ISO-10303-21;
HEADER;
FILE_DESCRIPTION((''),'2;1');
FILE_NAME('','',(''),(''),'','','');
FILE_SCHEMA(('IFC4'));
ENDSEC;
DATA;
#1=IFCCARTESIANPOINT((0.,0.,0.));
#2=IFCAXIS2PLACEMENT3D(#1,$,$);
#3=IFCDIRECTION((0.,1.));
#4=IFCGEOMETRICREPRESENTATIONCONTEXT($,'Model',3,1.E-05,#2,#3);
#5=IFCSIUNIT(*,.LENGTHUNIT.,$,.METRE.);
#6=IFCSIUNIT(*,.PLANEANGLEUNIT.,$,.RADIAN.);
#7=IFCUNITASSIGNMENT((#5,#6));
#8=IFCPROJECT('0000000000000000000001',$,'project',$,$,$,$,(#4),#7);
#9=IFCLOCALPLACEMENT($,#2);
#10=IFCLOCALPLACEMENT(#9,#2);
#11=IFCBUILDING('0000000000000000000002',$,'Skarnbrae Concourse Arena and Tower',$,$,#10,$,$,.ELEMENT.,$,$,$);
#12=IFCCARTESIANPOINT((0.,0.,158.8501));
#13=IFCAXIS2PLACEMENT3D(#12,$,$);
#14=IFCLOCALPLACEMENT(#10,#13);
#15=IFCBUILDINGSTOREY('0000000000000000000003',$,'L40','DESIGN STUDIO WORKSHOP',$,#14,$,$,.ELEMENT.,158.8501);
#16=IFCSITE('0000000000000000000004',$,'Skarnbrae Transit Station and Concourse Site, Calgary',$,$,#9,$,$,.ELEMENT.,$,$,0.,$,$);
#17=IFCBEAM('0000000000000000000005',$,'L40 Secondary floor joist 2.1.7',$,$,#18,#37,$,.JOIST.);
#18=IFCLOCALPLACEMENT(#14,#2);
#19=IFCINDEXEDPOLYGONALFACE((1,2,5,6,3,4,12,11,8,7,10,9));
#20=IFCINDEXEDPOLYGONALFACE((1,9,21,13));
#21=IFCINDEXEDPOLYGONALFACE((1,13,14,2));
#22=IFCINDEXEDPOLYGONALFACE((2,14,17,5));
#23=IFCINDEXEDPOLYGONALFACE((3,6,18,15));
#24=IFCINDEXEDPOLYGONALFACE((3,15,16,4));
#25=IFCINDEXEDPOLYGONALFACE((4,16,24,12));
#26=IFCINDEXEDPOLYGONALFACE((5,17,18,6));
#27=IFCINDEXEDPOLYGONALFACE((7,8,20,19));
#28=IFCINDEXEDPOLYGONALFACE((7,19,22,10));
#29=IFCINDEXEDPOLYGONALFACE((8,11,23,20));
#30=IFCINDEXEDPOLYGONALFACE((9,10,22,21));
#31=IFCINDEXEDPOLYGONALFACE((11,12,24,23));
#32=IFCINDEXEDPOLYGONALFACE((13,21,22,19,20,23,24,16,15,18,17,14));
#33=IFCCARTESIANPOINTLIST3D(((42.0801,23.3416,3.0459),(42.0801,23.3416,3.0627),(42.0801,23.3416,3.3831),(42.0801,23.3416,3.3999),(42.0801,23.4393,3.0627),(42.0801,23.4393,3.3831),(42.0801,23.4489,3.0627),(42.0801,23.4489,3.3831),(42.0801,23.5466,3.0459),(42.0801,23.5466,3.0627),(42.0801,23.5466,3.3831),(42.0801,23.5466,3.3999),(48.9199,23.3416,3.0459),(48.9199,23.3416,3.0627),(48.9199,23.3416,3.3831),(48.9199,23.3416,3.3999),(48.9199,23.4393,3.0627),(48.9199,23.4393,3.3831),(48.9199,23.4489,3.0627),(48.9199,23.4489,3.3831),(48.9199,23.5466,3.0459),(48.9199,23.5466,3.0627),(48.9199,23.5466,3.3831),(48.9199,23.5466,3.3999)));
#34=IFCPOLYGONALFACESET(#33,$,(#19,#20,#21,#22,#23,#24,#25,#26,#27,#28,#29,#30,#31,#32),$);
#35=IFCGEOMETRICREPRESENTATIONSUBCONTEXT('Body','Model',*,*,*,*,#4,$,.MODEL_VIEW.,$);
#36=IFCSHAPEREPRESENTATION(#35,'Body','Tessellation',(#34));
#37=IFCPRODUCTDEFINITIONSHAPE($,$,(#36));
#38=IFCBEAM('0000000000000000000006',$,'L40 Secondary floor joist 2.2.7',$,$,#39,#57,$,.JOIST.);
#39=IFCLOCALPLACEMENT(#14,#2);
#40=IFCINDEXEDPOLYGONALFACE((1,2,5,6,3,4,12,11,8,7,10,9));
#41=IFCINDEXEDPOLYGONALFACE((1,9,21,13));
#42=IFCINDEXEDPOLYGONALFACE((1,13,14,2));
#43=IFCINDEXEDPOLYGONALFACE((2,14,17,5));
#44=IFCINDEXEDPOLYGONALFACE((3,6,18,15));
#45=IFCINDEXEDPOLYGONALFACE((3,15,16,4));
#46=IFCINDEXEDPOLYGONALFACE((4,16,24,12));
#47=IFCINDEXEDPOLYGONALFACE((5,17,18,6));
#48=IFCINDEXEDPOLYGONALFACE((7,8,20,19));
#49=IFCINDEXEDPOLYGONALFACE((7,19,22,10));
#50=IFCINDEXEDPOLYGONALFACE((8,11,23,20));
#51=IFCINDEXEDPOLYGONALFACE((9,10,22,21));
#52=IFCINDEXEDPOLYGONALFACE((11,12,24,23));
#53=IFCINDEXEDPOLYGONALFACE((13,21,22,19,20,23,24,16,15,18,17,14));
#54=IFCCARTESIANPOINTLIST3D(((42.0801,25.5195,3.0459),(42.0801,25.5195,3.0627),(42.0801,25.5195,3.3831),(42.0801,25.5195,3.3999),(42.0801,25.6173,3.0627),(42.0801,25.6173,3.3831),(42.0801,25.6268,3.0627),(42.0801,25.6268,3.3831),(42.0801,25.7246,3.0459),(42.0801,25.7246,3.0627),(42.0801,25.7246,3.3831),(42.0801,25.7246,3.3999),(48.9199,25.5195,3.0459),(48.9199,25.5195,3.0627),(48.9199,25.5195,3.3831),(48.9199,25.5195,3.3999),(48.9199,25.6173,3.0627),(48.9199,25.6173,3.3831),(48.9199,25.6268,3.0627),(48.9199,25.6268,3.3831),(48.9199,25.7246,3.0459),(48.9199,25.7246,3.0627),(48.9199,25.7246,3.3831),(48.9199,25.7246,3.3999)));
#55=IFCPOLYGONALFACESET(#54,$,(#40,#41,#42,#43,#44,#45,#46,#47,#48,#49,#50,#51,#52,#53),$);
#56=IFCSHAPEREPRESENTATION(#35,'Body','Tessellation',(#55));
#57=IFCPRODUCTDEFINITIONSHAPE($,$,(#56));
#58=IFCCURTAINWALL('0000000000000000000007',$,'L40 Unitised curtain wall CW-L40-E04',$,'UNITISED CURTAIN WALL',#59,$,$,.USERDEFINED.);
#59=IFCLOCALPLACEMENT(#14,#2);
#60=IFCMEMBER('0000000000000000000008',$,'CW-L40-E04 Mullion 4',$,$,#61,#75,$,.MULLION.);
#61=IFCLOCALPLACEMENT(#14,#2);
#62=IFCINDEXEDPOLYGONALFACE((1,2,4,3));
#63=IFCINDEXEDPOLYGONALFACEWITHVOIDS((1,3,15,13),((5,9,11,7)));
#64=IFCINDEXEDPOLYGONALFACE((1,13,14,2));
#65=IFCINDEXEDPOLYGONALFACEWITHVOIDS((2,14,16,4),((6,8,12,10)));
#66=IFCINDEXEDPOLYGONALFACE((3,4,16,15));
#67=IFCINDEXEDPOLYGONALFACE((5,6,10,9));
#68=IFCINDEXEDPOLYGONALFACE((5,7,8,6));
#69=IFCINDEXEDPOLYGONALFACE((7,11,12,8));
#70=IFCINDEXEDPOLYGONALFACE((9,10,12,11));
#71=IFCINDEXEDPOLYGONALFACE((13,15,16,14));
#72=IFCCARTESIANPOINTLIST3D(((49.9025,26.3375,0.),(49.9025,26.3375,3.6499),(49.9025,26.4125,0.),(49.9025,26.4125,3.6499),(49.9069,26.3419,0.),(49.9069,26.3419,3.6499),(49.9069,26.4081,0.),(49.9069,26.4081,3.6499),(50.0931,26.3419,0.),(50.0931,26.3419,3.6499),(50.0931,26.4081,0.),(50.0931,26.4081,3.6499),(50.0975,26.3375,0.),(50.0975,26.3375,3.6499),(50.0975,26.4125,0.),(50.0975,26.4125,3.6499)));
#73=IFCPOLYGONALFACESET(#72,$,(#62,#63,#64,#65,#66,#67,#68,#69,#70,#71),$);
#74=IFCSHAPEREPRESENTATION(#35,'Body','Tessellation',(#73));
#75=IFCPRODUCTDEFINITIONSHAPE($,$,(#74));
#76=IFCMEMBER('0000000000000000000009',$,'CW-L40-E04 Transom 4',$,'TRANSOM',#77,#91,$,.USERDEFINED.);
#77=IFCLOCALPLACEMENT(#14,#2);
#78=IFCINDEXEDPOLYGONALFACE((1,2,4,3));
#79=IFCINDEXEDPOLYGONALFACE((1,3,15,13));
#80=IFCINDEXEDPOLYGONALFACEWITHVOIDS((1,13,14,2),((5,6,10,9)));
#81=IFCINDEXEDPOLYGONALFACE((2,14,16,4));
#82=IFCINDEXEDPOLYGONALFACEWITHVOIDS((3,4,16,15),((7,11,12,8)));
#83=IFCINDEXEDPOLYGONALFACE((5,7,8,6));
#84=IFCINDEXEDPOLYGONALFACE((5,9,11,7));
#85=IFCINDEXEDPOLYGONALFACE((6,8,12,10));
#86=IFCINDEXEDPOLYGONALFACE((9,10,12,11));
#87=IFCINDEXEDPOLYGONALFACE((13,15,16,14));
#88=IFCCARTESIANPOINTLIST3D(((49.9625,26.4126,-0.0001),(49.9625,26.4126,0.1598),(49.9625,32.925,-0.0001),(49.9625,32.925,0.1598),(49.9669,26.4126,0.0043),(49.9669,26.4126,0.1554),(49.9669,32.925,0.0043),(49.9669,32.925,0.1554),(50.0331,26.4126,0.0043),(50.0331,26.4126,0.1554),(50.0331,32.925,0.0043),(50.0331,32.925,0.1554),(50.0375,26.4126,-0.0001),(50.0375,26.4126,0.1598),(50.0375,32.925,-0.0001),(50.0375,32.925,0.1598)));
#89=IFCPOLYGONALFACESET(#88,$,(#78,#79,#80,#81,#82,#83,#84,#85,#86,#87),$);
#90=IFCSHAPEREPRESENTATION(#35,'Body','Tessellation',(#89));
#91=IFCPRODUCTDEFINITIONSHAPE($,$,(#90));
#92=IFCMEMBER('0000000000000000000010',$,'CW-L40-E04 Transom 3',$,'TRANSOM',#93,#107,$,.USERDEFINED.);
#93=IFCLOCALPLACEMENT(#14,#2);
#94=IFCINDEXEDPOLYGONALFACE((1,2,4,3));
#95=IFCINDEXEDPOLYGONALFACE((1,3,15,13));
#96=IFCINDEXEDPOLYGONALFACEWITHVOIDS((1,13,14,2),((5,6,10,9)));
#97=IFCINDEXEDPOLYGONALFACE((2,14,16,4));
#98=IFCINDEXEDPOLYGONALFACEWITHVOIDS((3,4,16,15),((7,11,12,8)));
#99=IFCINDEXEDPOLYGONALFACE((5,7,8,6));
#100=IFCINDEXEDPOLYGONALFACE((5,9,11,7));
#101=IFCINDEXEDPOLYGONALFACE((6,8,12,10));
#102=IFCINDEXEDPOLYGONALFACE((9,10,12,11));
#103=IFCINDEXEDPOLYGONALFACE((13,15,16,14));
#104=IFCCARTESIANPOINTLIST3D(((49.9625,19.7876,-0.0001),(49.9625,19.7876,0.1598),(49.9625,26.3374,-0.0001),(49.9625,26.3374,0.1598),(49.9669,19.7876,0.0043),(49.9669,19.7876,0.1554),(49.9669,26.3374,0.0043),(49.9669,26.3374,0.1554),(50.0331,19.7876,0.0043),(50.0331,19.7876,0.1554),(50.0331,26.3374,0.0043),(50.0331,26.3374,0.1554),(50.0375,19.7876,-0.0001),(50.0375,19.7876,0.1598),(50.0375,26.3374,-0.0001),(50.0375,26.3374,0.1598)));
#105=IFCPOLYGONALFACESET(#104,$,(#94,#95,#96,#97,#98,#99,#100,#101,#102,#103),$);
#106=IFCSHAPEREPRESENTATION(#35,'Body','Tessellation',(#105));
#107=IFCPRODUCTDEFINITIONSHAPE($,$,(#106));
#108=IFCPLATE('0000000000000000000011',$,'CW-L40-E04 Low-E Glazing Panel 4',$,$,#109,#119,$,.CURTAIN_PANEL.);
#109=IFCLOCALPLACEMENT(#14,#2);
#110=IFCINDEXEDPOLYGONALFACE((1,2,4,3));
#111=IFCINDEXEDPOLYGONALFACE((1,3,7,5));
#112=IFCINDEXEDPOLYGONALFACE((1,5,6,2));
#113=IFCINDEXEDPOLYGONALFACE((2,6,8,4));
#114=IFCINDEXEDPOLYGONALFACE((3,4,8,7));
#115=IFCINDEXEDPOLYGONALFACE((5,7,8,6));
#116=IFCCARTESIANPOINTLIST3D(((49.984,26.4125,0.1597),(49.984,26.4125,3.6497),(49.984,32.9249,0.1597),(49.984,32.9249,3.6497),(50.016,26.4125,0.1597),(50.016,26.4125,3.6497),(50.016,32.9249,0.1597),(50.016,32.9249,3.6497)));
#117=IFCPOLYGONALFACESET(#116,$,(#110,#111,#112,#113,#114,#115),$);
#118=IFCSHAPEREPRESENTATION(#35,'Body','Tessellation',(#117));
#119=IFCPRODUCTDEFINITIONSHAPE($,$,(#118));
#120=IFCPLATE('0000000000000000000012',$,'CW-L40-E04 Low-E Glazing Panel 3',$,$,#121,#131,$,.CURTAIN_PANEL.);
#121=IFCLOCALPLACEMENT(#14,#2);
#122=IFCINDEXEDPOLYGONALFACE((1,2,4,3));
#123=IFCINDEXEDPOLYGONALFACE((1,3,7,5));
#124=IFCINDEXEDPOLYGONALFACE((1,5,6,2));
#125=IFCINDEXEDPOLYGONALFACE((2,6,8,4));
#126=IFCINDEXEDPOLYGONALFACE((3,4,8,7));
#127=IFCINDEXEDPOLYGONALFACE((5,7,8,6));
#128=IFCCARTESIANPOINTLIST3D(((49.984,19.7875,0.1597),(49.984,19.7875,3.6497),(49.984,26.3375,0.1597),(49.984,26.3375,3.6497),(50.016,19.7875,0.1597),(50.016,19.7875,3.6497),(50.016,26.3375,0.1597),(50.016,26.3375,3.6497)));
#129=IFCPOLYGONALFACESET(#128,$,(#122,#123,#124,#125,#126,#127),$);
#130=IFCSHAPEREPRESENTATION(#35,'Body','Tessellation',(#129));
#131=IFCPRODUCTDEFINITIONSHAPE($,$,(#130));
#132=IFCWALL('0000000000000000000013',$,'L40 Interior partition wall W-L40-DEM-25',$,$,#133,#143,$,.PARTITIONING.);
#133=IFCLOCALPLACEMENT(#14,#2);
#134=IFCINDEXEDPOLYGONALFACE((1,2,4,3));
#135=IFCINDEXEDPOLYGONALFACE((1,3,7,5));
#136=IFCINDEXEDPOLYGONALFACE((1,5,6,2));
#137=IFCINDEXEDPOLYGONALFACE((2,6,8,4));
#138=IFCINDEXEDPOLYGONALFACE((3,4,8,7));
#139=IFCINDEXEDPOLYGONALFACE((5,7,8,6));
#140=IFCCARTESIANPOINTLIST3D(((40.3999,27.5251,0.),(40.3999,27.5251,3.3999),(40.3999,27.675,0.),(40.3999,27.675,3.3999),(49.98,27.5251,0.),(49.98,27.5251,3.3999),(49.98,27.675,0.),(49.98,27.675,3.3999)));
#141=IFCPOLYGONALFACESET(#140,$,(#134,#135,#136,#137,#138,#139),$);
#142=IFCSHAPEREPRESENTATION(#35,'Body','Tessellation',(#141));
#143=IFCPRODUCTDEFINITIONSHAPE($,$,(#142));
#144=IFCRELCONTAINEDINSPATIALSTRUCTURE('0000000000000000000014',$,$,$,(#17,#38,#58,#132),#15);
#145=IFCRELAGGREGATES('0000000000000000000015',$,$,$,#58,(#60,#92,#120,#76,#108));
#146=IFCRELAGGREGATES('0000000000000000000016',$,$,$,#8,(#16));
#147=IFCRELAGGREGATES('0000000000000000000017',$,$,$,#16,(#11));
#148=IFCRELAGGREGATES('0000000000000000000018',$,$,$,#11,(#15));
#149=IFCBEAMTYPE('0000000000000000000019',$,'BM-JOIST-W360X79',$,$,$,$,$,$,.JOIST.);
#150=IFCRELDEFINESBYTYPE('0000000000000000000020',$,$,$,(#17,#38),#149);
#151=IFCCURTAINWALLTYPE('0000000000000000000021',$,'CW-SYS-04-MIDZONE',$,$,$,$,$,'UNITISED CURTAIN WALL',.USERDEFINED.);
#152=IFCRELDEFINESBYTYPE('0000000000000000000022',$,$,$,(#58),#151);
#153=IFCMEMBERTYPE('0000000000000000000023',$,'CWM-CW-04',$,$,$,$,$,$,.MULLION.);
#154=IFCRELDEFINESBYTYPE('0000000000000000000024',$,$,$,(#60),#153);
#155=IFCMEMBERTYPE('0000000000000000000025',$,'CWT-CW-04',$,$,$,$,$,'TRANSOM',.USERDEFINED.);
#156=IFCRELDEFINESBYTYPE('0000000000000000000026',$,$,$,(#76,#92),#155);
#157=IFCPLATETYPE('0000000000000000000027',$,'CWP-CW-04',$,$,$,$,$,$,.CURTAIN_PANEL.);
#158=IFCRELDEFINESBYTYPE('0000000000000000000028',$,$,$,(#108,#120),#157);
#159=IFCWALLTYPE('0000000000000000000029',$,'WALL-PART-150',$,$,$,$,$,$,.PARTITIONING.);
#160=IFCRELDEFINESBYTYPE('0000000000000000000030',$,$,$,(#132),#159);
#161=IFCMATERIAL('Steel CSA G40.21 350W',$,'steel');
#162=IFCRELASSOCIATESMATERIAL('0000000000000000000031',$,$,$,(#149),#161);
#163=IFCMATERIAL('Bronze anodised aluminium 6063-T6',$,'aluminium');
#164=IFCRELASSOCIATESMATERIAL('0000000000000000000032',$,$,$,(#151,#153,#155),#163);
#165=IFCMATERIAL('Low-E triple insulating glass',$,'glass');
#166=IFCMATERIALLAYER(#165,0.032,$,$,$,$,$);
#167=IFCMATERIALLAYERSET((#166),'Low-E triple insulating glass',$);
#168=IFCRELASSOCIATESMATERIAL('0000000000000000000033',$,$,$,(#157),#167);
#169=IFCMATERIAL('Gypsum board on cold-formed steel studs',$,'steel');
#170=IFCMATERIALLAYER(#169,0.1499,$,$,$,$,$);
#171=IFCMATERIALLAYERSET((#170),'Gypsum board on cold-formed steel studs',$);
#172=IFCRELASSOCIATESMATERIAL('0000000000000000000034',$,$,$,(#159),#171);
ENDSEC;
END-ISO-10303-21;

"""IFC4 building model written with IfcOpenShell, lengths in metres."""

from ifc_helpers import new_model, si_unit, direction, frame, frame_2d, origin, origin_2d, place, context, subcontext, project, spatial, rectangle, hollow_rectangle, i_section, extrude, source, transform, mapped, material, layer, layer_set, material_profile, profile_set, type_object, element, aggregate, save


model = new_model("IFC4")

# Units and contexts
model_context = context("Model", 3, precision=1e-05, world=origin(), true_north=direction((0.0, 1.0)))
body_context = subcontext(model_context, "Body", "Model", "MODEL_VIEW")
ifc_project = project(units=[si_unit("LENGTHUNIT", "METRE"), si_unit("PLANEANGLEUNIT", "RADIAN")], contexts=[model_context])

# Site, building, storey
site_placement = place(None, origin())
site = spatial("IfcSite", under=ifc_project, at=site_placement, Name="Skarnbrae Transit Station and Concourse Site, Calgary", CompositionType="ELEMENT", RefElevation=0.0)
building_placement = place(site_placement, origin())
building = spatial("IfcBuilding", under=site, at=building_placement, Name="Skarnbrae Concourse Arena and Tower", CompositionType="ELEMENT")
storey_placement = place(building_placement, frame((0.0, 0.0, 158.8501)))
storey = spatial("IfcBuildingStorey", under=building, at=storey_placement, Name="L40", Description="DESIGN STUDIO WORKSHOP", CompositionType="ELEMENT", Elevation=158.8501)

# Shared definitions
ifc_material_1 = material(Name="Steel CSA G40.21 350W", Category="steel")

# Beams
ifc_material_profile_1 = material_profile(ifc_material_1, i_section(OverallWidth=0.2051, OverallDepth=0.354, WebThickness=0.0095, FlangeThickness=0.0168, at=origin_2d()), Name="W360X79")
ifc_profile_set_1 = profile_set([ifc_material_profile_1], Name="Steel CSA G40.21 350W")
beam_type_1 = type_object("IfcBeamType", Name="BM-JOIST-W360X79", PredefinedType="JOIST", material=ifc_profile_set_1)
shared_shape_1 = source(origin(), body_context, "Body", "SweptSolid", [
    extrude(i_section(OverallWidth=0.2051, OverallDepth=0.354, WebThickness=0.0095, FlangeThickness=0.0168, at=origin_2d()), origin(), (0.0, 0.0, 1.0), 6.8398),
])
for number, where, z_axis, x_axis, name in (
    (1, (42.0801, 23.4441, 3.2229), (1.0, 0.0, 0.0), (0.0, 1.0, 0.0), "L40 Secondary floor joist 2.1.7"),
    (2, (42.0801, 25.6221, 3.2229), (1.0, 0.0, 0.0), (0.0, 1.0, 0.0), "L40 Secondary floor joist 2.2.7"),
):
    element("IfcBeam", number, at=place(storey_placement, frame(where, z_axis=z_axis, x_axis=x_axis)), inside=storey, type_object=beam_type_1, Name=name, PredefinedType="JOIST", context=body_context, shape_type="MappedRepresentation", body=[
        mapped(shared_shape_1, transform((0.0, 0.0, 0.0))),
    ])

# Curtain wall, members, plates
ifc_material_2 = material(Name="Bronze anodised aluminium 6063-T6", Category="aluminium")
curtain_wall_type = type_object("IfcCurtainWallType", Name="CW-SYS-04-MIDZONE", ElementType="UNITISED CURTAIN WALL", PredefinedType="USERDEFINED", material=ifc_material_2)
curtain_wall_placement = place(storey_placement, origin())
curtain_wall = element("IfcCurtainWall", 3, at=curtain_wall_placement, inside=storey, type_object=curtain_wall_type, Name="L40 Unitised curtain wall CW-L40-E04", ObjectType="UNITISED CURTAIN WALL", PredefinedType="USERDEFINED")
ifc_material_profile_2 = material_profile(ifc_material_2, hollow_rectangle(XDim=0.075, YDim=0.1951, WallThickness=0.0044, at=origin_2d()), Name="ALU-MULL-75X195")
ifc_profile_set_2 = profile_set([ifc_material_profile_2], Name="Bronze anodised aluminium 6063-T6")
member_type_1 = type_object("IfcMemberType", Name="CWM-CW-04", PredefinedType="MULLION", material=ifc_profile_set_2)
shared_shape_2 = source(origin(), body_context, "Body", "SweptSolid", [
    extrude(hollow_rectangle(XDim=0.075, YDim=0.1951, WallThickness=0.0044, at=origin_2d()), origin(), (0.0, 0.0, 1.0), 3.6499),
])
member_1_placement = place(storey_placement, frame((50.0, 26.375, 0.0), z_axis=(0.0, 0.0, 1.0), x_axis=(0.0, 1.0, 0.0)))
member_1 = element("IfcMember", 4, at=member_1_placement, type_object=member_type_1, Name="CW-L40-E04 Mullion 4", PredefinedType="MULLION", context=body_context, shape_type="MappedRepresentation", body=[
    mapped(shared_shape_2, transform((0.0, 0.0, 0.0))),
])
ifc_material_profile_3 = material_profile(ifc_material_2, hollow_rectangle(XDim=0.075, YDim=0.1599, WallThickness=0.0044, at=origin_2d()), Name="ALU-TRAN-75X160")
ifc_profile_set_3 = profile_set([ifc_material_profile_3], Name="Bronze anodised aluminium 6063-T6")
member_type_2 = type_object("IfcMemberType", Name="CWT-CW-04", ElementType="TRANSOM", PredefinedType="USERDEFINED", material=ifc_profile_set_3)
shared_shape_3 = source(origin(), body_context, "Body", "SweptSolid", [
    extrude(hollow_rectangle(XDim=0.075, YDim=0.1599, WallThickness=0.0044, at=origin_2d()), origin(), (0.0, 0.0, 1.0), 6.5125),
])
member_2_placement = place(storey_placement, frame((50.0, 26.4126, 0.0798), z_axis=(0.0, 1.0, 0.0), x_axis=(-1.0, 0.0, 0.0)))
member_2 = element("IfcMember", 5, at=member_2_placement, type_object=member_type_2, Name="CW-L40-E04 Transom 4", ObjectType="TRANSOM", PredefinedType="USERDEFINED", context=body_context, shape_type="MappedRepresentation", body=[
    mapped(shared_shape_3, transform((0.0, 0.0, 0.0))),
])
shared_shape_4 = source(origin(), body_context, "Body", "SweptSolid", [
    extrude(hollow_rectangle(XDim=0.075, YDim=0.1599, WallThickness=0.0044, at=origin_2d()), origin(), (0.0, 0.0, 1.0), 6.5498),
])
member_3_placement = place(storey_placement, frame((50.0, 19.7876, 0.0798), z_axis=(0.0, 1.0, 0.0), x_axis=(-1.0, 0.0, 0.0)))
member_3 = element("IfcMember", 6, at=member_3_placement, type_object=member_type_2, Name="CW-L40-E04 Transom 3", ObjectType="TRANSOM", PredefinedType="USERDEFINED", context=body_context, shape_type="MappedRepresentation", body=[
    mapped(shared_shape_4, transform((0.0, 0.0, 0.0))),
])
ifc_material_3 = material(Name="Low-E triple insulating glass", Category="glass")
ifc_layer_1 = layer(ifc_material_3, 0.032)
ifc_layer_set_1 = layer_set([ifc_layer_1], Name="Low-E triple insulating glass")
plate_type = type_object("IfcPlateType", Name="CWP-CW-04", PredefinedType="CURTAIN_PANEL", material=ifc_layer_set_1)
shared_shape_5 = source(origin(), body_context, "Body", "SweptSolid", [
    extrude(rectangle(XDim=6.5125, YDim=0.032, at=origin_2d()), origin(), (0.0, 0.0, 1.0), 3.49),
])
plate_1_placement = place(storey_placement, frame((50.0, 29.6687, 0.1597), z_axis=(0.0, 0.0, 1.0), x_axis=(0.0, 1.0, 0.0)))
plate_1 = element("IfcPlate", 7, at=plate_1_placement, type_object=plate_type, Name="CW-L40-E04 Low-E Glazing Panel 4", PredefinedType="CURTAIN_PANEL", context=body_context, shape_type="MappedRepresentation", body=[
    mapped(shared_shape_5, transform((0.0, 0.0, 0.0))),
])
shared_shape_6 = source(origin(), body_context, "Body", "SweptSolid", [
    extrude(rectangle(XDim=6.55, YDim=0.032, at=origin_2d()), origin(), (0.0, 0.0, 1.0), 3.49),
])
plate_2_placement = place(storey_placement, frame((50.0, 23.0625, 0.1597), z_axis=(0.0, 0.0, 1.0), x_axis=(0.0, 1.0, 0.0)))
plate_2 = element("IfcPlate", 8, at=plate_2_placement, type_object=plate_type, Name="CW-L40-E04 Low-E Glazing Panel 3", PredefinedType="CURTAIN_PANEL", context=body_context, shape_type="MappedRepresentation", body=[
    mapped(shared_shape_6, transform((0.0, 0.0, 0.0))),
])
aggregate(curtain_wall, [member_1, member_3, plate_2, member_2, plate_1])

# Wall
ifc_material_4 = material(Name="Gypsum board on cold-formed steel studs", Category="steel")
ifc_layer_2 = layer(ifc_material_4, 0.1499)
ifc_layer_set_2 = layer_set([ifc_layer_2], Name="Gypsum board on cold-formed steel studs")
wall_type_1 = type_object("IfcWallType", Name="WALL-PART-150", PredefinedType="PARTITIONING", material=ifc_layer_set_2)
shared_shape_7 = source(origin(), body_context, "Body", "SweptSolid", [
    extrude(rectangle(XDim=9.5801, YDim=0.1499, at=frame_2d((4.79, 0.0))), origin(), (0.0, 0.0, 1.0), 3.3999),
])
wall_1_placement = place(storey_placement, frame((40.3999, 27.6001, 0.0), z_axis=(0.0, 0.0, 1.0), x_axis=(1.0, 0.0, 0.0)))
element("IfcWall", 9, at=wall_1_placement, inside=storey, type_object=wall_type_1, Name="L40 Interior partition wall W-L40-DEM-25", PredefinedType="PARTITIONING", context=body_context, shape_type="MappedRepresentation", body=[
    mapped(shared_shape_7, transform((0.0, 0.0, 0.0))),
])

save(model, "model.ifc")
